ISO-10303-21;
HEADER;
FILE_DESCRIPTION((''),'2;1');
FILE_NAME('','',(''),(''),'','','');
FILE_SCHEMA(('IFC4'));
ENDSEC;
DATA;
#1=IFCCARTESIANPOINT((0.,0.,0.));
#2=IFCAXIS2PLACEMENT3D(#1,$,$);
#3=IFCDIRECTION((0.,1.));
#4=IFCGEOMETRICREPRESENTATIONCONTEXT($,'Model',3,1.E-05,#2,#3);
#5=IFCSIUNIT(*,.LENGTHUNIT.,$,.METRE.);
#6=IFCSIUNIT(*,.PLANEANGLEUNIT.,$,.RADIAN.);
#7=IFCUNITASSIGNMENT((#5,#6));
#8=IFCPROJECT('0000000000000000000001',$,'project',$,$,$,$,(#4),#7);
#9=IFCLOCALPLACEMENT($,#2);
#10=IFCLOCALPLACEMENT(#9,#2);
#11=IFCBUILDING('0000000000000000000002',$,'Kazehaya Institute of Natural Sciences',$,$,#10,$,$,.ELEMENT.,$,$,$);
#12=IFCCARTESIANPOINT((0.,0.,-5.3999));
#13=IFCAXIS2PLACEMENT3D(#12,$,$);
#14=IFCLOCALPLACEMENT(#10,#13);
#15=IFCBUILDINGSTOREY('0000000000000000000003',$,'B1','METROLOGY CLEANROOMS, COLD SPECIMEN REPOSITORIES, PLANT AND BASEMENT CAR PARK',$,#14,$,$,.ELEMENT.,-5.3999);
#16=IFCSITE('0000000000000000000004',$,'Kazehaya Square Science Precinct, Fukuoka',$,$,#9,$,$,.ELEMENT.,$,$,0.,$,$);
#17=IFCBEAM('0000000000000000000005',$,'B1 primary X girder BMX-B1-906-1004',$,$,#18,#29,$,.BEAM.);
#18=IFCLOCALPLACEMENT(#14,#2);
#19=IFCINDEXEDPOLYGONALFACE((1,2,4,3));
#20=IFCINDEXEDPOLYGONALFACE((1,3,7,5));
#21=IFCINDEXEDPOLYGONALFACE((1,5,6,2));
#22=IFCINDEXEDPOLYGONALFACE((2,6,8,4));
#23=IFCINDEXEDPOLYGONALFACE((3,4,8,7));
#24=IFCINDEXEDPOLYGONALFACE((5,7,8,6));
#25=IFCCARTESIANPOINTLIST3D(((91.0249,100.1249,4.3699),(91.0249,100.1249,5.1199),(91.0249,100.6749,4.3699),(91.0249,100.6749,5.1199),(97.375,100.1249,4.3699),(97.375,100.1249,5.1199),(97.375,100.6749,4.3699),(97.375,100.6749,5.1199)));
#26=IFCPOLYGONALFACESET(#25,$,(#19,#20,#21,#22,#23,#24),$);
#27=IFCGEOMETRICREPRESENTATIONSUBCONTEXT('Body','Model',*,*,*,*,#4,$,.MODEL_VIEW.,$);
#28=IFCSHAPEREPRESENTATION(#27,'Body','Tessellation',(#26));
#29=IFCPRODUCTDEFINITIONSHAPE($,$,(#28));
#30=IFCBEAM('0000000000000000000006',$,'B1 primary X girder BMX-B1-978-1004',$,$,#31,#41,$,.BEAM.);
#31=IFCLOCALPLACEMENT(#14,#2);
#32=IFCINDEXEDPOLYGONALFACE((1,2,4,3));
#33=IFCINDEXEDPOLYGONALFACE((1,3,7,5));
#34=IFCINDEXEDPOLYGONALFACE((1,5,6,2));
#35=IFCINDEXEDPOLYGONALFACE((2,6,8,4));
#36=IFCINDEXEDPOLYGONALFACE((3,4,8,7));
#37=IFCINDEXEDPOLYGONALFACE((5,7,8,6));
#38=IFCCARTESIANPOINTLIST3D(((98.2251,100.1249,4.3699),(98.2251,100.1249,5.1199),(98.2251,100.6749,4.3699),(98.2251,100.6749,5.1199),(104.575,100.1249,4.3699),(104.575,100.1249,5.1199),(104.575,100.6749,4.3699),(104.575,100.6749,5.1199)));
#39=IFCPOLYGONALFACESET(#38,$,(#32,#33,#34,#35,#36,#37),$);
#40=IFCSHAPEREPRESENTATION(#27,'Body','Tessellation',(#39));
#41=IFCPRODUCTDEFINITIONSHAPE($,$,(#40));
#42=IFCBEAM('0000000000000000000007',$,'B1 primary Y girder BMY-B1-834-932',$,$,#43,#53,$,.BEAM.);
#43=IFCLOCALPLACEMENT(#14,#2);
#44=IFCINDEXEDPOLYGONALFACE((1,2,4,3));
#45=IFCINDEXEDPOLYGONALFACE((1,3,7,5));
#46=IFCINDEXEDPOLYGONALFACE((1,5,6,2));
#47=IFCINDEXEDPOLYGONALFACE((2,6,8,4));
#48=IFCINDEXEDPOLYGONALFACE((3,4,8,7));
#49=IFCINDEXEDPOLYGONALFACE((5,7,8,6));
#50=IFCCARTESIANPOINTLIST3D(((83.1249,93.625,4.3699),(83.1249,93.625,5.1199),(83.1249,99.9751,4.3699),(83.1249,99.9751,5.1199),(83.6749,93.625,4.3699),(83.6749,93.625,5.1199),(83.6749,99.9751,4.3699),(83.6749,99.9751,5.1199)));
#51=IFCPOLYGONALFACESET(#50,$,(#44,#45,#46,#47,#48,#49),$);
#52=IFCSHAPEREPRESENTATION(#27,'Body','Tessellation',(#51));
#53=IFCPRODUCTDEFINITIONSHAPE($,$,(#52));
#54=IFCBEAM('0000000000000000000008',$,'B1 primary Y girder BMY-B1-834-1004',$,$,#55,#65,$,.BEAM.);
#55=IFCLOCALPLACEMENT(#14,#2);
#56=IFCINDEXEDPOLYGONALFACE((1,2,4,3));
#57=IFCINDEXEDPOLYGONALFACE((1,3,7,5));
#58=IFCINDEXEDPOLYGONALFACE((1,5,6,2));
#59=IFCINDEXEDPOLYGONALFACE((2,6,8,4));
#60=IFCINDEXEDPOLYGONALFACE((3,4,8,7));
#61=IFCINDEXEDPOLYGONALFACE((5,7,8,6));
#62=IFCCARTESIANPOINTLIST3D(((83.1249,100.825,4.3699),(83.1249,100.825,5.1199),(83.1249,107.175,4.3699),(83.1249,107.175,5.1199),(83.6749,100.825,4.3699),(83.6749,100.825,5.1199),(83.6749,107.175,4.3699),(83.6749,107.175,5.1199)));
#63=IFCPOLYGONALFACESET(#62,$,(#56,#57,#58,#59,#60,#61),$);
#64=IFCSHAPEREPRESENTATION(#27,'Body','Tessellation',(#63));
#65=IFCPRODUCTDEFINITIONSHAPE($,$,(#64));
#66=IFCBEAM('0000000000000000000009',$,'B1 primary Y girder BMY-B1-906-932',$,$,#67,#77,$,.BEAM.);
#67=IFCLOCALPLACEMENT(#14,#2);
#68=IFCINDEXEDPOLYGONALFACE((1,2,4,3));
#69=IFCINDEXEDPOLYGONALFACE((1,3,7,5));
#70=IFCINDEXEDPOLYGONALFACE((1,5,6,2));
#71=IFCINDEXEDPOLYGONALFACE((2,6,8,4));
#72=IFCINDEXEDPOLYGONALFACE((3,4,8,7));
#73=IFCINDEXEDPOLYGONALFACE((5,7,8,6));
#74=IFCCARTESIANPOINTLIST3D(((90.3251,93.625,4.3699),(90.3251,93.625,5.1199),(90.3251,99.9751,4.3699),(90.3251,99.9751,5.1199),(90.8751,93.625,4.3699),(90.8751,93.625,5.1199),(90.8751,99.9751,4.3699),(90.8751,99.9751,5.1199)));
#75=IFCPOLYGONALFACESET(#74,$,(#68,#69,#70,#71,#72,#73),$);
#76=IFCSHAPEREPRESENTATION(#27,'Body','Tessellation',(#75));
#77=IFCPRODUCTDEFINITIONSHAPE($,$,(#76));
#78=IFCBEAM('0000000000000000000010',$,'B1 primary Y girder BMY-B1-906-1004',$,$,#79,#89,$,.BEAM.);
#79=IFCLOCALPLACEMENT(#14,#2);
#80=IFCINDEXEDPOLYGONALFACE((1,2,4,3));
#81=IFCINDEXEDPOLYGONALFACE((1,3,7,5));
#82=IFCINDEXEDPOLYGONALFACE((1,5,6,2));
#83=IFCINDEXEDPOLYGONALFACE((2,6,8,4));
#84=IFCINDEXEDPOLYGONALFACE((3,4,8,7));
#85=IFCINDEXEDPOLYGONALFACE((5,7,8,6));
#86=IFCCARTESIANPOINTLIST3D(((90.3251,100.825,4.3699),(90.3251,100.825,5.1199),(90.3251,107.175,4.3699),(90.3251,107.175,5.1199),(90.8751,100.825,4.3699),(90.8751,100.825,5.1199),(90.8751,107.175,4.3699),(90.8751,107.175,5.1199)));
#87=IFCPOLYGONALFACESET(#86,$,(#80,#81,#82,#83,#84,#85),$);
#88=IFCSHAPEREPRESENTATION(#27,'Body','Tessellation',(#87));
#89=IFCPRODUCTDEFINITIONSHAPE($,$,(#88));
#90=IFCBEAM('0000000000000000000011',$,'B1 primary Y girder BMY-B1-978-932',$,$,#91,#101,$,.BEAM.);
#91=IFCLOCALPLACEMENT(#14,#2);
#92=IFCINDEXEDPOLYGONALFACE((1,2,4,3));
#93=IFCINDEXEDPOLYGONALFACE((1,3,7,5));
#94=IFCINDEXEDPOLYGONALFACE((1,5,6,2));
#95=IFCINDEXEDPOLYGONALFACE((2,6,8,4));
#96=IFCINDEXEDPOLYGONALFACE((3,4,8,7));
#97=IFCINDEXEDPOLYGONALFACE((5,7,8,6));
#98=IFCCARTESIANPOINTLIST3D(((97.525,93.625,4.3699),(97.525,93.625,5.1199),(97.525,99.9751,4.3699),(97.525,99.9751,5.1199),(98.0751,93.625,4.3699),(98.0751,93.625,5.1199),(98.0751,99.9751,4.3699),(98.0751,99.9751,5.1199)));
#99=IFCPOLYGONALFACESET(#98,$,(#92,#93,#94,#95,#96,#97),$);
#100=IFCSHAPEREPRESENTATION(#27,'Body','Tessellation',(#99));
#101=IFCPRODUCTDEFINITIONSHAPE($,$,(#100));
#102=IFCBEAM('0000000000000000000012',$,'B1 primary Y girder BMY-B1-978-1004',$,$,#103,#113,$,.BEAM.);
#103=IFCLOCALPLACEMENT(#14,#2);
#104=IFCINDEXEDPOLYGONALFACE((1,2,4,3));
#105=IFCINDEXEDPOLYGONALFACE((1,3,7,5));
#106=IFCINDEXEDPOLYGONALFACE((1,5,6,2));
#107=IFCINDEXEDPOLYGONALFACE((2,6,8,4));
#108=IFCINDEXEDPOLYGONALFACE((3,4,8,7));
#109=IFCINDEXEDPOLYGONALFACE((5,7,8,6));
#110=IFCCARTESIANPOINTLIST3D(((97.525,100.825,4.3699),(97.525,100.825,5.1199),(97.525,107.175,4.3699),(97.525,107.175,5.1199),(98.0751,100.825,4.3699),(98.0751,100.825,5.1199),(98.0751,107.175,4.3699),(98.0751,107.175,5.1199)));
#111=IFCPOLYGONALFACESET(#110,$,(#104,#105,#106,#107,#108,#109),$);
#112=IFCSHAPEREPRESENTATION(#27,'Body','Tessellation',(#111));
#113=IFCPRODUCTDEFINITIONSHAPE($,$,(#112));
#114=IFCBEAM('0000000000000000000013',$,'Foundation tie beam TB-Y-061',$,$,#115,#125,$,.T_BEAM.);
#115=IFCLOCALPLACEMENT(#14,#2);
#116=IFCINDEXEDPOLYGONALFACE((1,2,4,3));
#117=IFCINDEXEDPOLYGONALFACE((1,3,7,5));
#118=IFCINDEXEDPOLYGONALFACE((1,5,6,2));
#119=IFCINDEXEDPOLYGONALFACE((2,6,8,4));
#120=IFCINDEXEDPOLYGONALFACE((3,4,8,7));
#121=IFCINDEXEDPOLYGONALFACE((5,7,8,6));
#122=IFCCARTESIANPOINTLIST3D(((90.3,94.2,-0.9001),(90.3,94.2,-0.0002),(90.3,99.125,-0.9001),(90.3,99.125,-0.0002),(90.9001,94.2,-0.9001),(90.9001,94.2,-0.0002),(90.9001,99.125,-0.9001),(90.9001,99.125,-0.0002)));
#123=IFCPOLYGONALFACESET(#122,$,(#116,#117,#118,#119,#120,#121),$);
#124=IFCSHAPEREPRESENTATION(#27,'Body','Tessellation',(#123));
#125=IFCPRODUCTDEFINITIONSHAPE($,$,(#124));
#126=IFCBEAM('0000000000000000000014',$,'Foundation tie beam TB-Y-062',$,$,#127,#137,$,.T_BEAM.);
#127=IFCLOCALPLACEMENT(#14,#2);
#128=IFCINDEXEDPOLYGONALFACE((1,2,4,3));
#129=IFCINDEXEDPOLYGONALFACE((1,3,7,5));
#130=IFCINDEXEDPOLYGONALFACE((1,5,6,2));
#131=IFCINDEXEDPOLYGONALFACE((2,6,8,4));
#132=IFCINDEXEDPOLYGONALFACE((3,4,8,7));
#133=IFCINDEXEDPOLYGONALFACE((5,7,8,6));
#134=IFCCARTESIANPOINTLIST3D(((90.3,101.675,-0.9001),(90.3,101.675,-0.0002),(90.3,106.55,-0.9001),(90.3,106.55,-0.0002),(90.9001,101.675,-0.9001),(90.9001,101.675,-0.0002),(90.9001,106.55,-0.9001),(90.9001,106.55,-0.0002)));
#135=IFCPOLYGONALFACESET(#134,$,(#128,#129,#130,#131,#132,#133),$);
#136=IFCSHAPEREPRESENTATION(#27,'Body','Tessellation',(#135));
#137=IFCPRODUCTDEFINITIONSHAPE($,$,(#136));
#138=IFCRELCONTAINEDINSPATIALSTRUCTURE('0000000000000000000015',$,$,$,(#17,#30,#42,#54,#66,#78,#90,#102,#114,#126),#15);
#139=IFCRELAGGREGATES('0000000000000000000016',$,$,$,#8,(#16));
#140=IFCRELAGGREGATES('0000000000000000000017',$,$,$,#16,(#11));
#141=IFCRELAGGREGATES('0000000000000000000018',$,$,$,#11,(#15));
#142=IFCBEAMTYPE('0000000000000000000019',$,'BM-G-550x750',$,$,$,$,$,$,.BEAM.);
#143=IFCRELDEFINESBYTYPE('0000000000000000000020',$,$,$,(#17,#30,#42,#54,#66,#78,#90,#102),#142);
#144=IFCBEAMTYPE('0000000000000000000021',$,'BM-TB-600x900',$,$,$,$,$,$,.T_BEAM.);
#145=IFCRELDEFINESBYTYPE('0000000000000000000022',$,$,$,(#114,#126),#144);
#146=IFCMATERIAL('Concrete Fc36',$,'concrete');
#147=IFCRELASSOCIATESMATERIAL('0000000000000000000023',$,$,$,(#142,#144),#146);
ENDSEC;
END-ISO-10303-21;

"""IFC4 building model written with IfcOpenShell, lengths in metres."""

from ifc_helpers import new_model, si_unit, direction, frame, origin, origin_2d, place, context, subcontext, project, spatial, rectangle, extrude, material, material_profile, profile_set, type_object, element, save


model = new_model("IFC4")

# Units and contexts
model_context = context("Model", 3, precision=1e-05, world=origin(), true_north=direction((0.0, 1.0)))
body_context = subcontext(model_context, "Body", "Model", "MODEL_VIEW")
ifc_project = project(units=[si_unit("LENGTHUNIT", "METRE"), si_unit("PLANEANGLEUNIT", "RADIAN")], contexts=[model_context])

# Site, building, storey
site_placement = place(None, origin())
site = spatial("IfcSite", under=ifc_project, at=site_placement, Name="Kazehaya Square Science Precinct, Fukuoka", CompositionType="ELEMENT", RefElevation=0.0)
building_placement = place(site_placement, origin())
building = spatial("IfcBuilding", under=site, at=building_placement, Name="Kazehaya Institute of Natural Sciences", CompositionType="ELEMENT")
storey_placement = place(building_placement, frame((0.0, 0.0, -5.3999)))
storey = spatial("IfcBuildingStorey", under=building, at=storey_placement, Name="B1", Description="METROLOGY CLEANROOMS, COLD SPECIMEN REPOSITORIES, PLANT AND BASEMENT CAR PARK", CompositionType="ELEMENT", Elevation=-5.3999)

# Shared definitions
ifc_material_1 = material(Name="Concrete Fc36", Category="concrete")

# Beams
ifc_material_profile_1 = material_profile(ifc_material_1, rectangle(XDim=0.55, YDim=0.75, at=origin_2d()), Name="RC-550x750")
ifc_profile_set_1 = profile_set([ifc_material_profile_1], Name="Concrete Fc36")
beam_type_1 = type_object("IfcBeamType", Name="BM-G-550x750", PredefinedType="BEAM", material=ifc_profile_set_1)
for number, where, z_axis, x_axis, name in (
    (1, (91.0249, 100.3999, 4.7449), (1.0, 0.0, 0.0), (0.0, 1.0, 0.0), "B1 primary X girder BMX-B1-906-1004"),
):
    element("IfcBeam", number, at=place(storey_placement, frame(where, z_axis=z_axis, x_axis=x_axis)), inside=storey, type_object=beam_type_1, Name=name, PredefinedType="BEAM", context=body_context, shape_type="SweptSolid", body=[
        extrude(rectangle(XDim=0.55, YDim=0.75, at=origin_2d()), origin(), (0.0, 0.0, 1.0), 6.3501),
    ])
beam_1_placement = place(storey_placement, frame((98.2251, 100.3999, 4.7449), z_axis=(1.0, 0.0, 0.0), x_axis=(0.0, 1.0, 0.0)))
element("IfcBeam", 2, at=beam_1_placement, inside=storey, type_object=beam_type_1, Name="B1 primary X girder BMX-B1-978-1004", PredefinedType="BEAM", context=body_context, shape_type="SweptSolid", body=[
    extrude(rectangle(XDim=0.55, YDim=0.75, at=origin_2d()), origin(), (0.0, 0.0, 1.0), 6.3499),
])
for number, where, z_axis, x_axis, name in (
    (3, (83.3999, 93.625, 4.7449), (0.0, 1.0, 0.0), (-1.0, 0.0, 0.0), "B1 primary Y girder BMY-B1-834-932"),
    (4, (83.3999, 100.825, 4.7449), (0.0, 1.0, 0.0), (-1.0, 0.0, 0.0), "B1 primary Y girder BMY-B1-834-1004"),
    (5, (90.6001, 93.625, 4.7449), (0.0, 1.0, 0.0), (-1.0, 0.0, 0.0), "B1 primary Y girder BMY-B1-906-932"),
    (6, (90.6001, 100.825, 4.7449), (0.0, 1.0, 0.0), (-1.0, 0.0, 0.0), "B1 primary Y girder BMY-B1-906-1004"),
    (7, (97.8, 93.625, 4.7449), (0.0, 1.0, 0.0), (-1.0, 0.0, 0.0), "B1 primary Y girder BMY-B1-978-932"),
    (8, (97.8, 100.825, 4.7449), (0.0, 1.0, 0.0), (-1.0, 0.0, 0.0), "B1 primary Y girder BMY-B1-978-1004"),
):
    element("IfcBeam", number, at=place(storey_placement, frame(where, z_axis=z_axis, x_axis=x_axis)), inside=storey, type_object=beam_type_1, Name=name, PredefinedType="BEAM", context=body_context, shape_type="SweptSolid", body=[
        extrude(rectangle(XDim=0.55, YDim=0.75, at=origin_2d()), origin(), (0.0, 0.0, 1.0), 6.3501),
    ])
ifc_material_profile_2 = material_profile(ifc_material_1, rectangle(XDim=0.6001, YDim=0.8999, at=origin_2d()), Name="RC-600x900")
ifc_profile_set_2 = profile_set([ifc_material_profile_2], Name="Concrete Fc36")
beam_type_2 = type_object("IfcBeamType", Name="BM-TB-600x900", PredefinedType="T_BEAM", material=ifc_profile_set_2)
beam_2_placement = place(storey_placement, frame((90.6001, 94.2, -0.4502), z_axis=(0.0, 1.0, 0.0), x_axis=(-1.0, 0.0, 0.0)))
element("IfcBeam", 9, at=beam_2_placement, inside=storey, type_object=beam_type_2, Name="Foundation tie beam TB-Y-061", PredefinedType="T_BEAM", context=body_context, shape_type="SweptSolid", body=[
    extrude(rectangle(XDim=0.6001, YDim=0.8999, at=origin_2d()), origin(), (0.0, 0.0, 1.0), 4.925),
])
beam_3_placement = place(storey_placement, frame((90.6001, 101.675, -0.4502), z_axis=(0.0, 1.0, 0.0), x_axis=(-1.0, 0.0, 0.0)))
element("IfcBeam", 10, at=beam_3_placement, inside=storey, type_object=beam_type_2, Name="Foundation tie beam TB-Y-062", PredefinedType="T_BEAM", context=body_context, shape_type="SweptSolid", body=[
    extrude(rectangle(XDim=0.6001, YDim=0.8999, at=origin_2d()), origin(), (0.0, 0.0, 1.0), 4.875),
])

save(model, "model.ifc")
